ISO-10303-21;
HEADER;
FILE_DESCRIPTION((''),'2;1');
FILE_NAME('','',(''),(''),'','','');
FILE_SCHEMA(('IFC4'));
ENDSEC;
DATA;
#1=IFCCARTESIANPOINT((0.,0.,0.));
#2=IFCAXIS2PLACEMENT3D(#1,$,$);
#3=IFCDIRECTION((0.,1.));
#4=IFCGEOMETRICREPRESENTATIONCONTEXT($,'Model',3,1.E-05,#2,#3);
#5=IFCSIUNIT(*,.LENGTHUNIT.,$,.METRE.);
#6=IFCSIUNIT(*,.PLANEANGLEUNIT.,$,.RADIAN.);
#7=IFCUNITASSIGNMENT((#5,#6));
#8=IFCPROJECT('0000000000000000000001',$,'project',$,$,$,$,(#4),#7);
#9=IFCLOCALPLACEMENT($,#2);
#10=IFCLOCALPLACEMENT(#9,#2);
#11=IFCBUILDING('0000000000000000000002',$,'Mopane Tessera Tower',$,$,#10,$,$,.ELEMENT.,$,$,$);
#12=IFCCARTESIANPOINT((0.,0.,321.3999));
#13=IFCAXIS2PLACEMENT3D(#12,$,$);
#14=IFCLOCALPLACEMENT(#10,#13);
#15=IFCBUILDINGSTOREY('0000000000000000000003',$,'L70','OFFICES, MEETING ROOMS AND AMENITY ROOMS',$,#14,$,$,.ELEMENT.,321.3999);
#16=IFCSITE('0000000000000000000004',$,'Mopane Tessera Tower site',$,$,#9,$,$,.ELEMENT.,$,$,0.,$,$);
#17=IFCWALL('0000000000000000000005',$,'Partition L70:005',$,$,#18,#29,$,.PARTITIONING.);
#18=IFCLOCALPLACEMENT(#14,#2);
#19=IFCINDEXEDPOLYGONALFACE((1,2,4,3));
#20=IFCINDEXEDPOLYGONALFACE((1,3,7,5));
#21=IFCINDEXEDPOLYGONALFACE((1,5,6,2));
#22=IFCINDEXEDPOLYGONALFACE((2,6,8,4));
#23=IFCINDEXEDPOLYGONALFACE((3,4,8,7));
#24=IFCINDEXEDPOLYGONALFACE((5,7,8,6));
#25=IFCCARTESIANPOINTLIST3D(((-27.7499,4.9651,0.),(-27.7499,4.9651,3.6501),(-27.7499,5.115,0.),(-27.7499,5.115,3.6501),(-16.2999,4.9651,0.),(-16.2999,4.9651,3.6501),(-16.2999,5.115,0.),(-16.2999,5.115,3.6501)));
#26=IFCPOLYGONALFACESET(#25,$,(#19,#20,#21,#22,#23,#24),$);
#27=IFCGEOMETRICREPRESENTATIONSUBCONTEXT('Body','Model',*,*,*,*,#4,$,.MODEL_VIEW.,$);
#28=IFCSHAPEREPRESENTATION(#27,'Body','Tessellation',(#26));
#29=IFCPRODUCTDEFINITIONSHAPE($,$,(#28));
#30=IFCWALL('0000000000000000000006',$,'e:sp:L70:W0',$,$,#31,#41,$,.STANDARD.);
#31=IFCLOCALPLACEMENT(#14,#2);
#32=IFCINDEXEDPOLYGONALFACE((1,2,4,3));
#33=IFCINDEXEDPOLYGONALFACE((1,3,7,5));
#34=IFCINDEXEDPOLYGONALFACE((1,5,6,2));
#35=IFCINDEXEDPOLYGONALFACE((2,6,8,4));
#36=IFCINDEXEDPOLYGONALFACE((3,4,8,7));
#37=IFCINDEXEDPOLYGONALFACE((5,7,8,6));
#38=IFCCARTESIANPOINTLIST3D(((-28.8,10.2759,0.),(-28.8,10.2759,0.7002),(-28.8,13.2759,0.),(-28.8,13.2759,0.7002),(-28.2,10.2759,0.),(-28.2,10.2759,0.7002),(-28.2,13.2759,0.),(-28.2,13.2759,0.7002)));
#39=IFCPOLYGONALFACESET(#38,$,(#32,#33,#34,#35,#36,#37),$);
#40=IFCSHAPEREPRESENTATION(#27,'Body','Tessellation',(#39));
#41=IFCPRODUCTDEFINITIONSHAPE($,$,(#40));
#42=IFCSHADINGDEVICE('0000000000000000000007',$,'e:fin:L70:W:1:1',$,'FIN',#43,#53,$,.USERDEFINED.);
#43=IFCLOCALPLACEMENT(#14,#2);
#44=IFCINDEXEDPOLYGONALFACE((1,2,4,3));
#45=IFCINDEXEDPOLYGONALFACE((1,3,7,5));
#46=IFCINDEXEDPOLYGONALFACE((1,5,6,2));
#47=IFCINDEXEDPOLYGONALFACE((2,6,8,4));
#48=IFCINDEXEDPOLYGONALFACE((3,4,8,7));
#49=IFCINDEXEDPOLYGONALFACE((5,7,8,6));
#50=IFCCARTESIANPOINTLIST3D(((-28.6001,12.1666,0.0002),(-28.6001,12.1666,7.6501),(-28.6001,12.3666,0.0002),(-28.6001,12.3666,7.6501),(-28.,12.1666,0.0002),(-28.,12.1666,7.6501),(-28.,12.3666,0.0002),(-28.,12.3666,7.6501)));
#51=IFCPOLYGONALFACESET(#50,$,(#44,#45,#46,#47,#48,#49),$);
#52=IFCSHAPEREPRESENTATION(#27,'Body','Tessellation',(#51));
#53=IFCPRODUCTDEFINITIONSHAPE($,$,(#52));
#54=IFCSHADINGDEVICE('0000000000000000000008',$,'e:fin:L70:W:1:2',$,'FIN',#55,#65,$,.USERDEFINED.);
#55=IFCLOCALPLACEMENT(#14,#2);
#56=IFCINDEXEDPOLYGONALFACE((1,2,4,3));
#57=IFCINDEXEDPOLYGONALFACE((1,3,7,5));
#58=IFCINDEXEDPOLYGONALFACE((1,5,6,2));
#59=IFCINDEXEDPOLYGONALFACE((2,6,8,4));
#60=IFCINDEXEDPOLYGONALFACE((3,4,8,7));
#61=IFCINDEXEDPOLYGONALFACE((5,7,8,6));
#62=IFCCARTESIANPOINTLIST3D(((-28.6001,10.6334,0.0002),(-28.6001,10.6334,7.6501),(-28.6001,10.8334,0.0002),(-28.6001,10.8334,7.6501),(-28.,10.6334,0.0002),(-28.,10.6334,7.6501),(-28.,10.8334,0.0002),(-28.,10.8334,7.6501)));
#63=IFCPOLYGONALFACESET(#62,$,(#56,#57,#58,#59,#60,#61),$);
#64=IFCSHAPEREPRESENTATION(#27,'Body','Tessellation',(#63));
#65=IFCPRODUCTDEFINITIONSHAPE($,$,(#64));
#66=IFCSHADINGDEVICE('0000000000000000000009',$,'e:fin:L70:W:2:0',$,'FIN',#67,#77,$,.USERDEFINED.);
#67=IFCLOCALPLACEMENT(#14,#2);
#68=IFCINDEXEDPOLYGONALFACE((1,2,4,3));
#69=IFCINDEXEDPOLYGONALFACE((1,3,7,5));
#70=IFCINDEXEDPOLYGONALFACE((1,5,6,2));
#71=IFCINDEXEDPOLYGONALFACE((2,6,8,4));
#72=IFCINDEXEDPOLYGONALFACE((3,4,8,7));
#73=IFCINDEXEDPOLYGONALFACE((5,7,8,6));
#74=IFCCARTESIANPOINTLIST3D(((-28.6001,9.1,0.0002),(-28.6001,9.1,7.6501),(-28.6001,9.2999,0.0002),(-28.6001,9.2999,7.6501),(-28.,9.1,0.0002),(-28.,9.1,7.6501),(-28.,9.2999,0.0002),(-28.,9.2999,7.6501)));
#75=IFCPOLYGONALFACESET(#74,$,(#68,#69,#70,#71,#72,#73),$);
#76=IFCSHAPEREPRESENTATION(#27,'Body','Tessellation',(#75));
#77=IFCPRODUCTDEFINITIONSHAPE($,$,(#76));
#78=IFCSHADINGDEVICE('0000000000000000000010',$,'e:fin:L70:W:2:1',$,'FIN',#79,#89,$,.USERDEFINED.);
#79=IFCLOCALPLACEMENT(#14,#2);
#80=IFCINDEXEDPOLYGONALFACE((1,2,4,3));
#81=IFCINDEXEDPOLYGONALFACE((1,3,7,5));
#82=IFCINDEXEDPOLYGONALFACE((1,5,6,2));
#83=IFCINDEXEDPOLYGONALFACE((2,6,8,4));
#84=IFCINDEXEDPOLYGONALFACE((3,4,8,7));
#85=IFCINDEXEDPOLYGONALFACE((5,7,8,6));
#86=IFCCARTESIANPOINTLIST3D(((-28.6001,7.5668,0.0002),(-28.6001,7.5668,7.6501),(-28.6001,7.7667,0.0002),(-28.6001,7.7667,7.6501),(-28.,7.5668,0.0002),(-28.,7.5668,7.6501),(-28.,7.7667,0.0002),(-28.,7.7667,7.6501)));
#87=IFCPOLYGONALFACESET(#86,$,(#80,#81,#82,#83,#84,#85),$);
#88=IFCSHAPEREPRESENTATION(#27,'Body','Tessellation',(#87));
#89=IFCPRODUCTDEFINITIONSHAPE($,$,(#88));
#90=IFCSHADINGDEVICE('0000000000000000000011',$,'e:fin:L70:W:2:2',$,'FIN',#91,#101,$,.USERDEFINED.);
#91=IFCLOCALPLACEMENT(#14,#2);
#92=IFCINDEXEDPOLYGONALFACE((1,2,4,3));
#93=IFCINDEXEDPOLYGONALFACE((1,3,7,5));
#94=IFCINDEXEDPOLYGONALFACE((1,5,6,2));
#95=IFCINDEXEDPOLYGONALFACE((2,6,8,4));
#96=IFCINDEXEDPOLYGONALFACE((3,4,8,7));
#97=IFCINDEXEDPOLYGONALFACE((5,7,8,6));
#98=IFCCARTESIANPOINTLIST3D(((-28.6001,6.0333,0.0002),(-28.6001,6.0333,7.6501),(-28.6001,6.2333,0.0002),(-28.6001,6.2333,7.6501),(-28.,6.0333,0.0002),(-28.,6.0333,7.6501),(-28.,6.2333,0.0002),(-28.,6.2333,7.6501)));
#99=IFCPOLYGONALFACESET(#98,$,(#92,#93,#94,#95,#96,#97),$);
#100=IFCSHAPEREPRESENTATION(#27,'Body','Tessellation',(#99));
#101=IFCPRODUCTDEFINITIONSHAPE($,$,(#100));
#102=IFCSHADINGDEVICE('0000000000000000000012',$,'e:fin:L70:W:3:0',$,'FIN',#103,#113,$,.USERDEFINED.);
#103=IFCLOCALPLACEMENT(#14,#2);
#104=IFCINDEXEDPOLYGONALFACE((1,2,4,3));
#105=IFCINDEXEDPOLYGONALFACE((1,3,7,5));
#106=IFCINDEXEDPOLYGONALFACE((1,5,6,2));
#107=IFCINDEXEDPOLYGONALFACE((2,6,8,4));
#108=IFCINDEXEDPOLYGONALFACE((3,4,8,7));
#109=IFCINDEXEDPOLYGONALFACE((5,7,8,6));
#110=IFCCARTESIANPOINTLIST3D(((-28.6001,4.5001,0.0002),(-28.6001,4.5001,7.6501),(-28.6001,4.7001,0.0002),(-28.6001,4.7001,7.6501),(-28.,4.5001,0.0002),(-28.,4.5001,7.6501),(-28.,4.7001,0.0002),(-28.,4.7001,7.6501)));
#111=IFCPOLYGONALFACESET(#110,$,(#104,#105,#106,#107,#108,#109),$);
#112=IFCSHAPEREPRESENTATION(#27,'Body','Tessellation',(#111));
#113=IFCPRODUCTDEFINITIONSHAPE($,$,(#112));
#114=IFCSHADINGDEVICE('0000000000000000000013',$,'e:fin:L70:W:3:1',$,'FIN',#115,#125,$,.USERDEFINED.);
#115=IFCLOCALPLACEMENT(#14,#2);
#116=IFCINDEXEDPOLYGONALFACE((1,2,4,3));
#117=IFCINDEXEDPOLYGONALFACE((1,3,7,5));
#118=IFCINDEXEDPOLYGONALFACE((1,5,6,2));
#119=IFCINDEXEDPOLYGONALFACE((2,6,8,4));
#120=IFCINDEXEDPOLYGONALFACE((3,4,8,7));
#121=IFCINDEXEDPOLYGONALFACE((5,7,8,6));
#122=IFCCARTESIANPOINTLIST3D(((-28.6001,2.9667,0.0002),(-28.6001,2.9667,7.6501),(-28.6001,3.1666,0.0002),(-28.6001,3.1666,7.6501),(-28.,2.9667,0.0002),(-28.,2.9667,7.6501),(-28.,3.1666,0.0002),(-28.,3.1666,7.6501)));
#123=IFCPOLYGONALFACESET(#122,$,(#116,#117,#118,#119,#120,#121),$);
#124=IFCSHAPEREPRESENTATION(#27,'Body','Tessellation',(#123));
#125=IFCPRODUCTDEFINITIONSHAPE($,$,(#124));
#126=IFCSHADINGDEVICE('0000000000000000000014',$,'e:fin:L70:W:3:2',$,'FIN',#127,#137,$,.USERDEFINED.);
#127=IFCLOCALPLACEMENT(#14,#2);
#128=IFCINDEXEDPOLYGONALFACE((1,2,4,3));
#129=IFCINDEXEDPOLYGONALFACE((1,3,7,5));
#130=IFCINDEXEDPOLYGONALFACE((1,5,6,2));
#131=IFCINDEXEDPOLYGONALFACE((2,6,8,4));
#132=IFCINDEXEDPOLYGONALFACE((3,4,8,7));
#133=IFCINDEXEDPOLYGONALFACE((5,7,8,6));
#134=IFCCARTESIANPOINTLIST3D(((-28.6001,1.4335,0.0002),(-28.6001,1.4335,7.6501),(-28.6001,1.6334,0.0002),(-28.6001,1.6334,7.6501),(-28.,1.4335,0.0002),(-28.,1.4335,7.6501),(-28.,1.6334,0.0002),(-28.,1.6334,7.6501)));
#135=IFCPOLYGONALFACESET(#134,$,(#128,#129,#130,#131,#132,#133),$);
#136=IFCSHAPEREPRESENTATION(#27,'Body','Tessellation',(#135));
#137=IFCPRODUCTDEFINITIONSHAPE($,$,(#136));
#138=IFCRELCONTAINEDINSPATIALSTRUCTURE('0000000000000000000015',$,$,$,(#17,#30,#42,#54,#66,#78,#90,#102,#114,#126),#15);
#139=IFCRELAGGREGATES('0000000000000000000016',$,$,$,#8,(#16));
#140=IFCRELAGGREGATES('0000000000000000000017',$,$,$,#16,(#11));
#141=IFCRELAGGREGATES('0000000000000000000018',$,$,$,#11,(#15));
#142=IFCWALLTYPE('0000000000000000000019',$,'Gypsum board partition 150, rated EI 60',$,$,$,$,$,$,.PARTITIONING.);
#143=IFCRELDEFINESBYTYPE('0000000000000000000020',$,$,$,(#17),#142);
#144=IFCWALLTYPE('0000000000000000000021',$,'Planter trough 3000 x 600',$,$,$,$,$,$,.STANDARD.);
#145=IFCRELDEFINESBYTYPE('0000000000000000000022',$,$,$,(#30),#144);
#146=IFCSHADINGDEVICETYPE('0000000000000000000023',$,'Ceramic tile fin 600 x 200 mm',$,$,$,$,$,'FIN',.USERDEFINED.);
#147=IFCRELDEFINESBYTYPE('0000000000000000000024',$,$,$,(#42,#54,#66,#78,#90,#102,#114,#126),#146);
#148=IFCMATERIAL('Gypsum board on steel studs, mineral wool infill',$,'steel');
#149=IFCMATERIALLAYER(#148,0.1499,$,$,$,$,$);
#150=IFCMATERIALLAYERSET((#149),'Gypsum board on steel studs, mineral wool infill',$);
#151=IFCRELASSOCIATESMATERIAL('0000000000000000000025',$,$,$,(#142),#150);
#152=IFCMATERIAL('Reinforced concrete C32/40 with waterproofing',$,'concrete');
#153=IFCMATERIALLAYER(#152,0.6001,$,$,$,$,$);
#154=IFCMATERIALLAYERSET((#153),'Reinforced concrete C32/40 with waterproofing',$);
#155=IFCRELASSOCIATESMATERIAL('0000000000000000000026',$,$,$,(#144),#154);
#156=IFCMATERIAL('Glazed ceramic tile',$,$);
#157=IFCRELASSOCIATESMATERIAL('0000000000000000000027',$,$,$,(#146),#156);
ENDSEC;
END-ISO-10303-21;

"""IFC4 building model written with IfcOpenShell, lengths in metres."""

from ifc_helpers import new_model, si_unit, direction, frame, frame_2d, origin, origin_2d, place, context, subcontext, project, spatial, rectangle, extrude, material, layer, layer_set, type_object, element, save


model = new_model("IFC4")

# Units and contexts
model_context = context("Model", 3, precision=1e-05, world=origin(), true_north=direction((0.0, 1.0)))
body_context = subcontext(model_context, "Body", "Model", "MODEL_VIEW")
ifc_project = project(units=[si_unit("LENGTHUNIT", "METRE"), si_unit("PLANEANGLEUNIT", "RADIAN")], contexts=[model_context])

# Site, building, storey
site_placement = place(None, origin())
site = spatial("IfcSite", under=ifc_project, at=site_placement, Name="Mopane Tessera Tower site", CompositionType="ELEMENT", RefElevation=0.0)
building_placement = place(site_placement, origin())
building = spatial("IfcBuilding", under=site, at=building_placement, Name="Mopane Tessera Tower", CompositionType="ELEMENT")
storey_placement = place(building_placement, frame((0.0, 0.0, 321.3999)))
storey = spatial("IfcBuildingStorey", under=building, at=storey_placement, Name="L70", Description="OFFICES, MEETING ROOMS AND AMENITY ROOMS", CompositionType="ELEMENT", Elevation=321.3999)

# Walls
ifc_material_1 = material(Name="Gypsum board on steel studs, mineral wool infill", Category="steel")
ifc_layer_1 = layer(ifc_material_1, 0.1499)
ifc_layer_set_1 = layer_set([ifc_layer_1], Name="Gypsum board on steel studs, mineral wool infill")
wall_type_1 = type_object("IfcWallType", Name="Gypsum board partition 150, rated EI 60", PredefinedType="PARTITIONING", material=ifc_layer_set_1)
wall_1_placement = place(storey_placement, frame((-27.75, 5.04, 0.0), z_axis=(0.0, 0.0, 1.0), x_axis=(1.0, 0.0, 0.0)))
element("IfcWall", 1, at=wall_1_placement, inside=storey, type_object=wall_type_1, Name="Partition L70:005", PredefinedType="PARTITIONING", context=body_context, shape_type="SweptSolid", body=[
    extrude(rectangle(XDim=11.45, YDim=0.1499, at=frame_2d((5.7251, 0.0))), origin(), (0.0, 0.0, 1.0), 3.6501),
])
ifc_material_2 = material(Name="Reinforced concrete C32/40 with waterproofing", Category="concrete")
ifc_layer_2 = layer(ifc_material_2, 0.6001)
ifc_layer_set_2 = layer_set([ifc_layer_2], Name="Reinforced concrete C32/40 with waterproofing")
wall_type_2 = type_object("IfcWallType", Name="Planter trough 3000 x 600", PredefinedType="STANDARD", material=ifc_layer_set_2)
wall_2_placement = place(storey_placement, frame((-28.5, 13.2759, 0.0), z_axis=(0.0, 0.0, 1.0), x_axis=(0.0, -1.0, 0.0)))
element("IfcWall", 2, at=wall_2_placement, inside=storey, type_object=wall_type_2, Name="e:sp:L70:W0", PredefinedType="STANDARD", context=body_context, shape_type="SweptSolid", body=[
    extrude(rectangle(XDim=3.0, YDim=0.6001, at=frame_2d((1.5, 0.0))), origin(), (0.0, 0.0, 1.0), 0.7002),
])

# Shading devices
ifc_material_3 = material(Name="Glazed ceramic tile")
shading_device_type = type_object("IfcShadingDeviceType", Name="Ceramic tile fin 600 x 200 mm", ElementType="FIN", PredefinedType="USERDEFINED", material=ifc_material_3)
for number, where, z_axis, x_axis, name in (
    (3, (-28.3, 12.2666, 0.0002), (0.0, 0.0, 1.0), (0.0, -1.0, 0.0), "e:fin:L70:W:1:1"),
    (4, (-28.3, 10.7334, 0.0002), (0.0, 0.0, 1.0), (0.0, -1.0, 0.0), "e:fin:L70:W:1:2"),
    (5, (-28.3, 9.2, 0.0002), (0.0, 0.0, 1.0), (0.0, -1.0, 0.0), "e:fin:L70:W:2:0"),
    (6, (-28.3, 7.6667, 0.0002), (0.0, 0.0, 1.0), (0.0, -1.0, 0.0), "e:fin:L70:W:2:1"),
    (7, (-28.3, 6.1333, 0.0002), (0.0, 0.0, 1.0), (0.0, -1.0, 0.0), "e:fin:L70:W:2:2"),
    (8, (-28.3, 4.6001, 0.0002), (0.0, 0.0, 1.0), (0.0, -1.0, 0.0), "e:fin:L70:W:3:0"),
    (9, (-28.3, 3.0667, 0.0002), (0.0, 0.0, 1.0), (0.0, -1.0, 0.0), "e:fin:L70:W:3:1"),
    (10, (-28.3, 1.5334, 0.0002), (0.0, 0.0, 1.0), (0.0, -1.0, 0.0), "e:fin:L70:W:3:2"),
):
    element("IfcShadingDevice", number, at=place(storey_placement, frame(where, z_axis=z_axis, x_axis=x_axis)), inside=storey, type_object=shading_device_type, Name=name, ObjectType="FIN", PredefinedType="USERDEFINED", context=body_context, shape_type="SweptSolid", body=[
        extrude(rectangle(XDim=0.2, YDim=0.6001, at=origin_2d()), origin(), (0.0, 0.0, 1.0), 7.6499),
    ])

save(model, "model.ifc")
